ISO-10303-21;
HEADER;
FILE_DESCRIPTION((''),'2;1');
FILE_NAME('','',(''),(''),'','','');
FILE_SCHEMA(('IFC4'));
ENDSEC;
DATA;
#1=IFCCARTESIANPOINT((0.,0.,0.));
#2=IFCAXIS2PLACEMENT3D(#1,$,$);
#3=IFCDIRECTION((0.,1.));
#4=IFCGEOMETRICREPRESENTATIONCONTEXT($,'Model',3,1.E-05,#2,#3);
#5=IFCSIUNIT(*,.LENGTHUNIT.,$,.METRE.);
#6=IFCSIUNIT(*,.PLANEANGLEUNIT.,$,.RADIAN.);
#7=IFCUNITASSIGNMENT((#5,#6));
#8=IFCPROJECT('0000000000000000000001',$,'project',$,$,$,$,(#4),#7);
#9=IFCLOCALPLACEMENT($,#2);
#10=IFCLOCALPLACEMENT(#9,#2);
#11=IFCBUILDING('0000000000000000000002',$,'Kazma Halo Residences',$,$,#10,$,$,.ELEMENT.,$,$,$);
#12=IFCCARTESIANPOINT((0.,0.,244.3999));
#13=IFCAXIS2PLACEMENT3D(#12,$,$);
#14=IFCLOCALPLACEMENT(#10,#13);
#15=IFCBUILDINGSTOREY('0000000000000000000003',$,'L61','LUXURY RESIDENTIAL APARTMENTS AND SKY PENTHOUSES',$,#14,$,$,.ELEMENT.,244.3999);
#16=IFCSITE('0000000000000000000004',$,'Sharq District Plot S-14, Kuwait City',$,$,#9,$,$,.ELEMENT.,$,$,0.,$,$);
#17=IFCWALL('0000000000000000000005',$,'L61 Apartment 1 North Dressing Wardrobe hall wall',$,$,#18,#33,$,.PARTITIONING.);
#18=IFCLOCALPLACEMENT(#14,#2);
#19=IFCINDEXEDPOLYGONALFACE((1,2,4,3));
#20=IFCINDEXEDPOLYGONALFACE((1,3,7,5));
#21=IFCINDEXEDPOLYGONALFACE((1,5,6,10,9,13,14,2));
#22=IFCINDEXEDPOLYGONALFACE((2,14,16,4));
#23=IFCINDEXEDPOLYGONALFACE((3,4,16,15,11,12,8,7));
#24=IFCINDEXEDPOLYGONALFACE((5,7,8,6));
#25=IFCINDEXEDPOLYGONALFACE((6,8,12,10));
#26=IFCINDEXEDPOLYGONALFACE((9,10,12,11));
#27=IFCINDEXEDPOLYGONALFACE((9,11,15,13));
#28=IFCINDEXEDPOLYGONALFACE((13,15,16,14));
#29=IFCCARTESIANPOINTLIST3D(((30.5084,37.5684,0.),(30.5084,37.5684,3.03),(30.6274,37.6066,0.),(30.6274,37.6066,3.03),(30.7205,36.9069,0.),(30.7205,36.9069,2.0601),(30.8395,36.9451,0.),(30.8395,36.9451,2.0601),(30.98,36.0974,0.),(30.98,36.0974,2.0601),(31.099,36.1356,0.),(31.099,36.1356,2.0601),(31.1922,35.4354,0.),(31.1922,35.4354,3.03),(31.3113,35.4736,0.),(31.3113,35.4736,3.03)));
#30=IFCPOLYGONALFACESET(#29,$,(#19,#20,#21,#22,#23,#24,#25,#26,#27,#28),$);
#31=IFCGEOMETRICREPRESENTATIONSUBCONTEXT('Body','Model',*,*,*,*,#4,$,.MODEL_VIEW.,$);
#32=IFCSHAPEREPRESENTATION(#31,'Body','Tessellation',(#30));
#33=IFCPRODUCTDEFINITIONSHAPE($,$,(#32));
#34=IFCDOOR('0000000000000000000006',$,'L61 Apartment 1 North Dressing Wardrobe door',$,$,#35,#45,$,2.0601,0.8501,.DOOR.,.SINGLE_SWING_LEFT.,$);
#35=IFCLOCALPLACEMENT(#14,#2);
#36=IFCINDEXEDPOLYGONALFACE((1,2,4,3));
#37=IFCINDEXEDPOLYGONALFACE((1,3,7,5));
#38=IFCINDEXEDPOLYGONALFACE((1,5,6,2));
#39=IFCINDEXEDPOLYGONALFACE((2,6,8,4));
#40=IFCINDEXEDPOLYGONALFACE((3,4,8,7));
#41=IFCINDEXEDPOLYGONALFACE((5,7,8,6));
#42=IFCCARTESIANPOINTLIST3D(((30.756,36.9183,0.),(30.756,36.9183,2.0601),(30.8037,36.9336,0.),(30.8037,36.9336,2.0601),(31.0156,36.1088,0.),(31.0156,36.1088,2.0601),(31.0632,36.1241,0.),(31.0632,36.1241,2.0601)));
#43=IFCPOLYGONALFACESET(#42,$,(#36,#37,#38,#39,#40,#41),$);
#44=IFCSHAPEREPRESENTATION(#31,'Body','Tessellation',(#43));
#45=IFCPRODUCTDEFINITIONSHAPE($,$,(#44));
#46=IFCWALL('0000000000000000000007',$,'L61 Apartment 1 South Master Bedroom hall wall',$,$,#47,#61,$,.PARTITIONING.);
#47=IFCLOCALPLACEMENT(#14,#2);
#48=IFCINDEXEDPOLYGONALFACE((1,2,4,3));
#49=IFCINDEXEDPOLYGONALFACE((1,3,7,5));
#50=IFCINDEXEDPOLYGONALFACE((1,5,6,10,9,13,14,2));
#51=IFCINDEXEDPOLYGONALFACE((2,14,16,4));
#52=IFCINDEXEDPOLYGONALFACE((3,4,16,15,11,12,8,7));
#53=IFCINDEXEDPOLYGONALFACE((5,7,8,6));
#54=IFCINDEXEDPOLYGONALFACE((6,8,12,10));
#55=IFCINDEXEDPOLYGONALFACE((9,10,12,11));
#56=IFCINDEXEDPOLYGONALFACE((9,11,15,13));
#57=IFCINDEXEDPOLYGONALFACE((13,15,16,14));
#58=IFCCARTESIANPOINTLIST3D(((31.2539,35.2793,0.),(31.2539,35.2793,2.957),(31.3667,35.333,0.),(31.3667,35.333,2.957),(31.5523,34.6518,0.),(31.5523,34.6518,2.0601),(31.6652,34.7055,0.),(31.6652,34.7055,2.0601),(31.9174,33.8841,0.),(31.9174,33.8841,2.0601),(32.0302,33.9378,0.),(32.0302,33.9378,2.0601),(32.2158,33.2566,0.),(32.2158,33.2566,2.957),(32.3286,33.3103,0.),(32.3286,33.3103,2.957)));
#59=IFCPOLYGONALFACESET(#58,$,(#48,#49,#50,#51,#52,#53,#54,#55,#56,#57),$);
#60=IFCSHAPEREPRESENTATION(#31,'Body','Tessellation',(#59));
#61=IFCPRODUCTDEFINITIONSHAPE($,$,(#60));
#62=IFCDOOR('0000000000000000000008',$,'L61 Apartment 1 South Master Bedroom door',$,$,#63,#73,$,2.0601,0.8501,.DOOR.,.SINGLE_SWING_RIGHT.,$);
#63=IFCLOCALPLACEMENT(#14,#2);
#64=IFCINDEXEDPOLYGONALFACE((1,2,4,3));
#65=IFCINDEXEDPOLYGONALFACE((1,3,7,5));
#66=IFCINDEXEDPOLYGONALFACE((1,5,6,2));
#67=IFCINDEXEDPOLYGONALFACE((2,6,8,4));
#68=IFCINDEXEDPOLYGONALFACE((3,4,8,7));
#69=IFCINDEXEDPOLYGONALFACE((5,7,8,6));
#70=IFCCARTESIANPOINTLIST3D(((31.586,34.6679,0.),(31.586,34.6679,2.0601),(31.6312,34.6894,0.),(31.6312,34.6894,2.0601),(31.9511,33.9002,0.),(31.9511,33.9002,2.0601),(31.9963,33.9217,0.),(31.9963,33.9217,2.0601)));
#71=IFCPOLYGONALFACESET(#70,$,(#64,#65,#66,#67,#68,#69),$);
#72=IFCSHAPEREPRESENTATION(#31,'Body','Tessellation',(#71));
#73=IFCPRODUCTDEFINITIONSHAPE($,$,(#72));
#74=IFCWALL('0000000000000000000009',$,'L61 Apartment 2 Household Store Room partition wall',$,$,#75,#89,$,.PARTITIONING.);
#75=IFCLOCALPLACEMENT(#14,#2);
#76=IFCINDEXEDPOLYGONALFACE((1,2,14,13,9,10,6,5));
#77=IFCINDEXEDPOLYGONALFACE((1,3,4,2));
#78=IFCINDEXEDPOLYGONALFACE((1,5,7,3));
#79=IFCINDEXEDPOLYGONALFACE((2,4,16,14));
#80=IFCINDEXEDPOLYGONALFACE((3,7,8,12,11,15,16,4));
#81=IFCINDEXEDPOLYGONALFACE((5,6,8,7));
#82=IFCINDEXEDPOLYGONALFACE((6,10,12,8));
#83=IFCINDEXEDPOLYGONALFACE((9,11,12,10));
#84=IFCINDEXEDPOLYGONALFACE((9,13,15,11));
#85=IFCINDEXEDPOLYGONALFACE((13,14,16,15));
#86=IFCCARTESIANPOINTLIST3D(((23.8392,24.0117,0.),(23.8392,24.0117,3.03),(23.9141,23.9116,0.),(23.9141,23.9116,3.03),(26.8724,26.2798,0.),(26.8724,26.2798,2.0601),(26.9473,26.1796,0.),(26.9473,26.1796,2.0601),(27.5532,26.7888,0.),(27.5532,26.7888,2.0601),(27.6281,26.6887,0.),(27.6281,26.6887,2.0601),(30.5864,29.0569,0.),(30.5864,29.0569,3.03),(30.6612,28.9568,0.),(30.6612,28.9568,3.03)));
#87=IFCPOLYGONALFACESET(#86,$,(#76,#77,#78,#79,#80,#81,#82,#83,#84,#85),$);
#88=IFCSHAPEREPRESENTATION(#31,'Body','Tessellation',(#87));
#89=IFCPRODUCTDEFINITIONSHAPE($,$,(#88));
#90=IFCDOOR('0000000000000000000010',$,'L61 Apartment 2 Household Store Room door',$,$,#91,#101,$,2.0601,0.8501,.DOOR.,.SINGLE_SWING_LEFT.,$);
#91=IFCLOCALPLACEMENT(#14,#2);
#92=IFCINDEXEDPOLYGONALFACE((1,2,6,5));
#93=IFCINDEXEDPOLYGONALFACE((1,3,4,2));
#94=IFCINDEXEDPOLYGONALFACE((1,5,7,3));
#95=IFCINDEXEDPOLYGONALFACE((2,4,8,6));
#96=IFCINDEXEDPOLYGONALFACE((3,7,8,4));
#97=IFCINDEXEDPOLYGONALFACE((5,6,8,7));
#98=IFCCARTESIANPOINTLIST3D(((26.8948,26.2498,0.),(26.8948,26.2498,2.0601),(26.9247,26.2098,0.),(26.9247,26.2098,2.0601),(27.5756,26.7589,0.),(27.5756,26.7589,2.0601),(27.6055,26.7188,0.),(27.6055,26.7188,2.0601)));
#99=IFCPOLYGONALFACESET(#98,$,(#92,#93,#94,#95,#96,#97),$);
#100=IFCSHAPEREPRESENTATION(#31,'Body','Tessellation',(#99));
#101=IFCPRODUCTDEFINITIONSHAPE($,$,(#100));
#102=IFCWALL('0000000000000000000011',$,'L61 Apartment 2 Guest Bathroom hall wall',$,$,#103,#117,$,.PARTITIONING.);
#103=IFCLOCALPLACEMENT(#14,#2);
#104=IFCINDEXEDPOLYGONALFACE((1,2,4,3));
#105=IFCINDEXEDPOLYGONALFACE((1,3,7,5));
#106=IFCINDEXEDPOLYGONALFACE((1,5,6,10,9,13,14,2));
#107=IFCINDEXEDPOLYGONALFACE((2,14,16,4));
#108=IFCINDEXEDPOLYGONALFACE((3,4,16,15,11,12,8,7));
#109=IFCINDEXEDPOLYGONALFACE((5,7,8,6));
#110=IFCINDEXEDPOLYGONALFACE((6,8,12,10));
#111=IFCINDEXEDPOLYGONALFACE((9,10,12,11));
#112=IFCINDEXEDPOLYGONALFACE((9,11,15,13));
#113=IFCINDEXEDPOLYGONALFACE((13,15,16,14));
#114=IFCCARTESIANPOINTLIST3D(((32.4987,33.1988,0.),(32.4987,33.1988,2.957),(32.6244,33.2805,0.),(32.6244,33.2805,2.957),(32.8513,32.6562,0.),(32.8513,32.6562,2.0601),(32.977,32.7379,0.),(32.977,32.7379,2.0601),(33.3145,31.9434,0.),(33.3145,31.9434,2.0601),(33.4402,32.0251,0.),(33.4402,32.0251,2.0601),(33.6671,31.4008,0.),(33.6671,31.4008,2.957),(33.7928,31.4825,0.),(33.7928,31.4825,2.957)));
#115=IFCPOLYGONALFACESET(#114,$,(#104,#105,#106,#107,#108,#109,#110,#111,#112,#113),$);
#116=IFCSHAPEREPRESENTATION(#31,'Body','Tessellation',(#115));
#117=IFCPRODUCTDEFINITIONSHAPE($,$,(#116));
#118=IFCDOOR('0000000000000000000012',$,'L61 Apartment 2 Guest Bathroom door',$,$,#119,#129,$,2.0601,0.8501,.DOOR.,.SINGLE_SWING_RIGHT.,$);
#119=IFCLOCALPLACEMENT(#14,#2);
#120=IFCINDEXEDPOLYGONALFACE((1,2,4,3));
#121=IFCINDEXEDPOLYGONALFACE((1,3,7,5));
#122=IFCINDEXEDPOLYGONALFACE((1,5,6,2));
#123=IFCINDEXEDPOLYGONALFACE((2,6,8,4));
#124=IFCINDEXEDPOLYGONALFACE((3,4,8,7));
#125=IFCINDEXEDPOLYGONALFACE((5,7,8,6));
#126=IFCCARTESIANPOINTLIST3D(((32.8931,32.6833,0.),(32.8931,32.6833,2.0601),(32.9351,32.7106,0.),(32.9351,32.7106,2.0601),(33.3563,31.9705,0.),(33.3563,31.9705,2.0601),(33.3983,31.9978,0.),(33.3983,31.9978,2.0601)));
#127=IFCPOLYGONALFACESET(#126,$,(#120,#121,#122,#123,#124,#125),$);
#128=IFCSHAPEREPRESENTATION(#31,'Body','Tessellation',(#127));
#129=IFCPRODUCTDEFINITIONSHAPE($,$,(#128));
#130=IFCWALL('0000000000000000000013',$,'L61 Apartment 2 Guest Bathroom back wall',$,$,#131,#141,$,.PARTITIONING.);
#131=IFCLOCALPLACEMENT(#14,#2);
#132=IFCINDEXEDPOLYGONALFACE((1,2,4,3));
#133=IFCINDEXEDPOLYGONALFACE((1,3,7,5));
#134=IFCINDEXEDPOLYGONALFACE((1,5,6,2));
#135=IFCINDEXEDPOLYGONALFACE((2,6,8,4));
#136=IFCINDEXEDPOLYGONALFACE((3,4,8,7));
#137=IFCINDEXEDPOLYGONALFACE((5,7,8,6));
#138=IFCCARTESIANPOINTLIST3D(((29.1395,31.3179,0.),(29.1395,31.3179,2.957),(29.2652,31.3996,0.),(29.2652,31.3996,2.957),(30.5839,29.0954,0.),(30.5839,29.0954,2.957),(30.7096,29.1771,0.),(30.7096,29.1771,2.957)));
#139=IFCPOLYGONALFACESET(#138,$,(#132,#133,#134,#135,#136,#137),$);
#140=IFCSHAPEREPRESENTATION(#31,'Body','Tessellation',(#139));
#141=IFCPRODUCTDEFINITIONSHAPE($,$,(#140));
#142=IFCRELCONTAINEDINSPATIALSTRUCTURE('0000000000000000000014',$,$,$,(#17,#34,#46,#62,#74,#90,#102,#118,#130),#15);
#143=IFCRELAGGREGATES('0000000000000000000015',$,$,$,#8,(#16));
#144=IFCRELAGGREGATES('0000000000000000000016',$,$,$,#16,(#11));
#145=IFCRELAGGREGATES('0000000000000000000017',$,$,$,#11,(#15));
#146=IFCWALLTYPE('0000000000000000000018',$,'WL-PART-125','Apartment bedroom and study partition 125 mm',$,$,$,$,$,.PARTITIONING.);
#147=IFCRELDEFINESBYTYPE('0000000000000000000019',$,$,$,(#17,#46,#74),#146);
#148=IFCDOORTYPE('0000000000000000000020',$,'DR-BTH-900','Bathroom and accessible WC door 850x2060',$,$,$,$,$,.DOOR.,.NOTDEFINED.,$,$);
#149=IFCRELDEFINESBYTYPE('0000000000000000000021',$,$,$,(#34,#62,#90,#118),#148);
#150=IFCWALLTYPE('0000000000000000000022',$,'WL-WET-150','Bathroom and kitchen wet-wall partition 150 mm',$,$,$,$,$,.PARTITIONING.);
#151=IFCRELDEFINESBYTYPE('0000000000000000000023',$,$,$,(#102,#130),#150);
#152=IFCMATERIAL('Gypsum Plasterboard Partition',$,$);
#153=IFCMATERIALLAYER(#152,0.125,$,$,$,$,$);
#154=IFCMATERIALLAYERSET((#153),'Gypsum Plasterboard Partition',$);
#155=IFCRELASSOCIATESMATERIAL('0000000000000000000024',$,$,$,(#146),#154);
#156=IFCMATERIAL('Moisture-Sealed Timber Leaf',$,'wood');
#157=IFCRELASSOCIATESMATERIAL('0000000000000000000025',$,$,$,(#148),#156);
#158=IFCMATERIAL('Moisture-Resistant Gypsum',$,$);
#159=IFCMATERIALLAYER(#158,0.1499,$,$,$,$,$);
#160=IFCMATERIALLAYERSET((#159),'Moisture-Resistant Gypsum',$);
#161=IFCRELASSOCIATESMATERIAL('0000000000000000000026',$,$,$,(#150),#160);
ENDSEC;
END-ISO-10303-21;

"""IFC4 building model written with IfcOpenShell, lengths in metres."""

from ifc_helpers import new_model, si_unit, direction, frame, frame_2d, origin, place, context, subcontext, project, spatial, rectangle, extrude, material, layer, layer_set, type_object, element, fill, save


model = new_model("IFC4")

# Units and contexts
model_context = context("Model", 3, precision=1e-05, world=origin(), true_north=direction((0.0, 1.0)))
body_context = subcontext(model_context, "Body", "Model", "MODEL_VIEW")
ifc_project = project(units=[si_unit("LENGTHUNIT", "METRE"), si_unit("PLANEANGLEUNIT", "RADIAN")], contexts=[model_context])

# Site, building, storey
site_placement = place(None, origin())
site = spatial("IfcSite", under=ifc_project, at=site_placement, Name="Sharq District Plot S-14, Kuwait City", CompositionType="ELEMENT", RefElevation=0.0)
building_placement = place(site_placement, origin())
building = spatial("IfcBuilding", under=site, at=building_placement, Name="Kazma Halo Residences", CompositionType="ELEMENT")
storey_placement = place(building_placement, frame((0.0, 0.0, 244.3999)))
storey = spatial("IfcBuildingStorey", under=building, at=storey_placement, Name="L61", Description="LUXURY RESIDENTIAL APARTMENTS AND SKY PENTHOUSES", CompositionType="ELEMENT", Elevation=244.3999)

# Shared definitions
ifc_material_1 = material(Name="Gypsum Plasterboard Partition")
ifc_layer_1 = layer(ifc_material_1, 0.125)
ifc_layer_set_1 = layer_set([ifc_layer_1], Name="Gypsum Plasterboard Partition")
wall_type_1 = type_object("IfcWallType", Name="WL-PART-125", Description="Apartment bedroom and study partition 125 mm", PredefinedType="PARTITIONING", material=ifc_layer_set_1)

# Walls, openings, doors
ifc_material_2 = material(Name="Moisture-Sealed Timber Leaf", Category="wood")
door_type = type_object("IfcDoorType", Name="DR-BTH-900", Description="Bathroom and accessible WC door 850x2060", OperationType="NOTDEFINED", PredefinedType="DOOR", material=ifc_material_2)
wall_1_placement = place(storey_placement, frame((30.5679, 37.5876, 0.0), z_axis=(0.0, 0.0, 1.0), x_axis=(0.305286, -0.952261, 0.0)))
wall_1 = element("IfcWall", 1, at=wall_1_placement, inside=storey, type_object=wall_type_1, Name="L61 Apartment 1 North Dressing Wardrobe hall wall", PredefinedType="PARTITIONING", context=body_context, shape_type="SweptSolid", body=[
    extrude(rectangle(XDim=2.24, YDim=0.125, at=frame_2d((1.1201, 0.0))), origin(), (0.0, 0.0, 1.0), 3.03),
])
opening_1_placement = place(wall_1_placement, frame((0.6948, 0.0, 0.0)))
opening_1 = element("IfcOpeningElement", 2, at=opening_1_placement, cuts=wall_1, PredefinedType="OPENING", context=body_context, shape_type="SweptSolid", body=[
    extrude(rectangle(XDim=0.8501, YDim=2.0601, at=frame_2d((0.425, 1.03))), frame((0.0, 0.0725, 0.0), z_axis=(0.0, -1.0, 0.0), x_axis=(1.0, 0.0, 0.0)), (0.0, 0.0, 1.0), 0.145),
])
door_1_placement = place(opening_1_placement, origin())
door_1 = element("IfcDoor", 3, at=door_1_placement, inside=storey, type_object=door_type, Name="L61 Apartment 1 North Dressing Wardrobe door", OperationType="SINGLE_SWING_LEFT", OverallHeight=2.0601, OverallWidth=0.8501, PredefinedType="DOOR", context=body_context, shape_type="SweptSolid", body=[
    extrude(rectangle(XDim=0.8501, YDim=2.0601, at=frame_2d((0.425, 1.03))), frame((0.0, 0.0249, 0.0), z_axis=(0.0, -1.0, 0.0), x_axis=(1.0, 0.0, 0.0)), (0.0, 0.0, 1.0), 0.05),
])
fill(opening_1, door_1)
wall_2_placement = place(storey_placement, frame((31.3103, 35.3062, 0.0), z_axis=(0.0, 0.0, 1.0), x_axis=(0.429468, -0.903082, 0.0)))
wall_2 = element("IfcWall", 4, at=wall_2_placement, inside=storey, type_object=wall_type_1, Name="L61 Apartment 1 South Master Bedroom hall wall", PredefinedType="PARTITIONING", context=body_context, shape_type="SweptSolid", body=[
    extrude(rectangle(XDim=2.2397, YDim=0.125, at=frame_2d((1.1199, 0.0))), origin(), (0.0, 0.0, 1.0), 2.957),
])
opening_2_placement = place(wall_2_placement, frame((0.6948, 0.0, 0.0)))
opening_2 = element("IfcOpeningElement", 5, at=opening_2_placement, cuts=wall_2, PredefinedType="OPENING", context=body_context, shape_type="SweptSolid", body=[
    extrude(rectangle(XDim=0.8501, YDim=2.0601, at=frame_2d((0.425, 1.03))), frame((0.0, 0.0725, 0.0), z_axis=(0.0, -1.0, 0.0), x_axis=(1.0, 0.0, 0.0)), (0.0, 0.0, 1.0), 0.145),
])
door_2_placement = place(opening_2_placement, origin())
door_2 = element("IfcDoor", 6, at=door_2_placement, inside=storey, type_object=door_type, Name="L61 Apartment 1 South Master Bedroom door", OperationType="SINGLE_SWING_RIGHT", OverallHeight=2.0601, OverallWidth=0.8501, PredefinedType="DOOR", context=body_context, shape_type="SweptSolid", body=[
    extrude(rectangle(XDim=0.8501, YDim=2.0601, at=frame_2d((0.425, 1.03))), frame((0.0, 0.0249, 0.0), z_axis=(0.0, -1.0, 0.0), x_axis=(1.0, 0.0, 0.0)), (0.0, 0.0, 1.0), 0.05),
])
fill(opening_2, door_2)
wall_3_placement = place(storey_placement, frame((30.6238, 29.0068, 0.0), z_axis=(0.0, 0.0, 1.0), x_axis=(-0.800862, -0.598849, 0.0)))
wall_3 = element("IfcWall", 7, at=wall_3_placement, inside=storey, type_object=wall_type_1, Name="L61 Apartment 2 Household Store Room partition wall", PredefinedType="PARTITIONING", context=body_context, shape_type="SweptSolid", body=[
    extrude(rectangle(XDim=8.4248, YDim=0.125, at=frame_2d((4.2124, 0.0))), origin(), (0.0, 0.0, 1.0), 3.03),
])
opening_3_placement = place(wall_3_placement, frame((3.7874, 0.0, 0.0)))
opening_3 = element("IfcOpeningElement", 8, at=opening_3_placement, cuts=wall_3, PredefinedType="OPENING", context=body_context, shape_type="SweptSolid", body=[
    extrude(rectangle(XDim=0.8501, YDim=2.0601, at=frame_2d((0.425, 1.03))), frame((0.0, 0.0725, 0.0), z_axis=(0.0, -1.0, 0.0), x_axis=(1.0, 0.0, 0.0)), (0.0, 0.0, 1.0), 0.145),
])
door_3_placement = place(opening_3_placement, origin())
door_3 = element("IfcDoor", 9, at=door_3_placement, inside=storey, type_object=door_type, Name="L61 Apartment 2 Household Store Room door", OperationType="SINGLE_SWING_LEFT", OverallHeight=2.0601, OverallWidth=0.8501, PredefinedType="DOOR", context=body_context, shape_type="SweptSolid", body=[
    extrude(rectangle(XDim=0.8501, YDim=2.0601, at=frame_2d((0.425, 1.03))), frame((0.0, 0.0249, 0.0), z_axis=(0.0, -1.0, 0.0), x_axis=(1.0, 0.0, 0.0)), (0.0, 0.0, 1.0), 0.05),
])
fill(opening_3, door_3)
ifc_material_3 = material(Name="Moisture-Resistant Gypsum")
ifc_layer_2 = layer(ifc_material_3, 0.1499)
ifc_layer_set_2 = layer_set([ifc_layer_2], Name="Moisture-Resistant Gypsum")
wall_type_2 = type_object("IfcWallType", Name="WL-WET-150", Description="Bathroom and kitchen wet-wall partition 150 mm", PredefinedType="PARTITIONING", material=ifc_layer_set_2)
wall_4_placement = place(storey_placement, frame((32.5615, 33.2397, 0.0), z_axis=(0.0, 0.0, 1.0), x_axis=(0.544888, -0.838509, 0.0)))
wall_4 = element("IfcWall", 10, at=wall_4_placement, inside=storey, type_object=wall_type_2, Name="L61 Apartment 2 Guest Bathroom hall wall", PredefinedType="PARTITIONING", context=body_context, shape_type="SweptSolid", body=[
    extrude(rectangle(XDim=2.1443, YDim=0.1499, at=frame_2d((1.0723, 0.0))), origin(), (0.0, 0.0, 1.0), 2.957),
])
opening_4_placement = place(wall_4_placement, frame((0.6472, 0.0, 0.0)))
opening_4 = element("IfcOpeningElement", 11, at=opening_4_placement, cuts=wall_4, PredefinedType="OPENING", context=body_context, shape_type="SweptSolid", body=[
    extrude(rectangle(XDim=0.8501, YDim=2.0601, at=frame_2d((0.425, 1.03))), frame((0.0, 0.085, 0.0), z_axis=(0.0, -1.0, 0.0), x_axis=(1.0, 0.0, 0.0)), (0.0, 0.0, 1.0), 0.1699),
])
door_4_placement = place(opening_4_placement, origin())
door_4 = element("IfcDoor", 12, at=door_4_placement, inside=storey, type_object=door_type, Name="L61 Apartment 2 Guest Bathroom door", OperationType="SINGLE_SWING_RIGHT", OverallHeight=2.0601, OverallWidth=0.8501, PredefinedType="DOOR", context=body_context, shape_type="SweptSolid", body=[
    extrude(rectangle(XDim=0.8501, YDim=2.0601, at=frame_2d((0.425, 1.03))), frame((0.0, 0.0249, 0.0), z_axis=(0.0, -1.0, 0.0), x_axis=(1.0, 0.0, 0.0)), (0.0, 0.0, 1.0), 0.05),
])
fill(opening_4, door_4)

# Wall
wall_5_placement = place(storey_placement, frame((29.2024, 31.3586, 0.0), z_axis=(0.0, 0.0, 1.0), x_axis=(0.544927, -0.838484, 0.0)))
element("IfcWall", 13, at=wall_5_placement, inside=storey, type_object=wall_type_2, Name="L61 Apartment 2 Guest Bathroom back wall", PredefinedType="PARTITIONING", context=body_context, shape_type="SweptSolid", body=[
    extrude(rectangle(XDim=2.6506, YDim=0.1499, at=frame_2d((1.3252, 0.0))), origin(), (0.0, 0.0, 1.0), 2.957),
])

save(model, "model.ifc")
